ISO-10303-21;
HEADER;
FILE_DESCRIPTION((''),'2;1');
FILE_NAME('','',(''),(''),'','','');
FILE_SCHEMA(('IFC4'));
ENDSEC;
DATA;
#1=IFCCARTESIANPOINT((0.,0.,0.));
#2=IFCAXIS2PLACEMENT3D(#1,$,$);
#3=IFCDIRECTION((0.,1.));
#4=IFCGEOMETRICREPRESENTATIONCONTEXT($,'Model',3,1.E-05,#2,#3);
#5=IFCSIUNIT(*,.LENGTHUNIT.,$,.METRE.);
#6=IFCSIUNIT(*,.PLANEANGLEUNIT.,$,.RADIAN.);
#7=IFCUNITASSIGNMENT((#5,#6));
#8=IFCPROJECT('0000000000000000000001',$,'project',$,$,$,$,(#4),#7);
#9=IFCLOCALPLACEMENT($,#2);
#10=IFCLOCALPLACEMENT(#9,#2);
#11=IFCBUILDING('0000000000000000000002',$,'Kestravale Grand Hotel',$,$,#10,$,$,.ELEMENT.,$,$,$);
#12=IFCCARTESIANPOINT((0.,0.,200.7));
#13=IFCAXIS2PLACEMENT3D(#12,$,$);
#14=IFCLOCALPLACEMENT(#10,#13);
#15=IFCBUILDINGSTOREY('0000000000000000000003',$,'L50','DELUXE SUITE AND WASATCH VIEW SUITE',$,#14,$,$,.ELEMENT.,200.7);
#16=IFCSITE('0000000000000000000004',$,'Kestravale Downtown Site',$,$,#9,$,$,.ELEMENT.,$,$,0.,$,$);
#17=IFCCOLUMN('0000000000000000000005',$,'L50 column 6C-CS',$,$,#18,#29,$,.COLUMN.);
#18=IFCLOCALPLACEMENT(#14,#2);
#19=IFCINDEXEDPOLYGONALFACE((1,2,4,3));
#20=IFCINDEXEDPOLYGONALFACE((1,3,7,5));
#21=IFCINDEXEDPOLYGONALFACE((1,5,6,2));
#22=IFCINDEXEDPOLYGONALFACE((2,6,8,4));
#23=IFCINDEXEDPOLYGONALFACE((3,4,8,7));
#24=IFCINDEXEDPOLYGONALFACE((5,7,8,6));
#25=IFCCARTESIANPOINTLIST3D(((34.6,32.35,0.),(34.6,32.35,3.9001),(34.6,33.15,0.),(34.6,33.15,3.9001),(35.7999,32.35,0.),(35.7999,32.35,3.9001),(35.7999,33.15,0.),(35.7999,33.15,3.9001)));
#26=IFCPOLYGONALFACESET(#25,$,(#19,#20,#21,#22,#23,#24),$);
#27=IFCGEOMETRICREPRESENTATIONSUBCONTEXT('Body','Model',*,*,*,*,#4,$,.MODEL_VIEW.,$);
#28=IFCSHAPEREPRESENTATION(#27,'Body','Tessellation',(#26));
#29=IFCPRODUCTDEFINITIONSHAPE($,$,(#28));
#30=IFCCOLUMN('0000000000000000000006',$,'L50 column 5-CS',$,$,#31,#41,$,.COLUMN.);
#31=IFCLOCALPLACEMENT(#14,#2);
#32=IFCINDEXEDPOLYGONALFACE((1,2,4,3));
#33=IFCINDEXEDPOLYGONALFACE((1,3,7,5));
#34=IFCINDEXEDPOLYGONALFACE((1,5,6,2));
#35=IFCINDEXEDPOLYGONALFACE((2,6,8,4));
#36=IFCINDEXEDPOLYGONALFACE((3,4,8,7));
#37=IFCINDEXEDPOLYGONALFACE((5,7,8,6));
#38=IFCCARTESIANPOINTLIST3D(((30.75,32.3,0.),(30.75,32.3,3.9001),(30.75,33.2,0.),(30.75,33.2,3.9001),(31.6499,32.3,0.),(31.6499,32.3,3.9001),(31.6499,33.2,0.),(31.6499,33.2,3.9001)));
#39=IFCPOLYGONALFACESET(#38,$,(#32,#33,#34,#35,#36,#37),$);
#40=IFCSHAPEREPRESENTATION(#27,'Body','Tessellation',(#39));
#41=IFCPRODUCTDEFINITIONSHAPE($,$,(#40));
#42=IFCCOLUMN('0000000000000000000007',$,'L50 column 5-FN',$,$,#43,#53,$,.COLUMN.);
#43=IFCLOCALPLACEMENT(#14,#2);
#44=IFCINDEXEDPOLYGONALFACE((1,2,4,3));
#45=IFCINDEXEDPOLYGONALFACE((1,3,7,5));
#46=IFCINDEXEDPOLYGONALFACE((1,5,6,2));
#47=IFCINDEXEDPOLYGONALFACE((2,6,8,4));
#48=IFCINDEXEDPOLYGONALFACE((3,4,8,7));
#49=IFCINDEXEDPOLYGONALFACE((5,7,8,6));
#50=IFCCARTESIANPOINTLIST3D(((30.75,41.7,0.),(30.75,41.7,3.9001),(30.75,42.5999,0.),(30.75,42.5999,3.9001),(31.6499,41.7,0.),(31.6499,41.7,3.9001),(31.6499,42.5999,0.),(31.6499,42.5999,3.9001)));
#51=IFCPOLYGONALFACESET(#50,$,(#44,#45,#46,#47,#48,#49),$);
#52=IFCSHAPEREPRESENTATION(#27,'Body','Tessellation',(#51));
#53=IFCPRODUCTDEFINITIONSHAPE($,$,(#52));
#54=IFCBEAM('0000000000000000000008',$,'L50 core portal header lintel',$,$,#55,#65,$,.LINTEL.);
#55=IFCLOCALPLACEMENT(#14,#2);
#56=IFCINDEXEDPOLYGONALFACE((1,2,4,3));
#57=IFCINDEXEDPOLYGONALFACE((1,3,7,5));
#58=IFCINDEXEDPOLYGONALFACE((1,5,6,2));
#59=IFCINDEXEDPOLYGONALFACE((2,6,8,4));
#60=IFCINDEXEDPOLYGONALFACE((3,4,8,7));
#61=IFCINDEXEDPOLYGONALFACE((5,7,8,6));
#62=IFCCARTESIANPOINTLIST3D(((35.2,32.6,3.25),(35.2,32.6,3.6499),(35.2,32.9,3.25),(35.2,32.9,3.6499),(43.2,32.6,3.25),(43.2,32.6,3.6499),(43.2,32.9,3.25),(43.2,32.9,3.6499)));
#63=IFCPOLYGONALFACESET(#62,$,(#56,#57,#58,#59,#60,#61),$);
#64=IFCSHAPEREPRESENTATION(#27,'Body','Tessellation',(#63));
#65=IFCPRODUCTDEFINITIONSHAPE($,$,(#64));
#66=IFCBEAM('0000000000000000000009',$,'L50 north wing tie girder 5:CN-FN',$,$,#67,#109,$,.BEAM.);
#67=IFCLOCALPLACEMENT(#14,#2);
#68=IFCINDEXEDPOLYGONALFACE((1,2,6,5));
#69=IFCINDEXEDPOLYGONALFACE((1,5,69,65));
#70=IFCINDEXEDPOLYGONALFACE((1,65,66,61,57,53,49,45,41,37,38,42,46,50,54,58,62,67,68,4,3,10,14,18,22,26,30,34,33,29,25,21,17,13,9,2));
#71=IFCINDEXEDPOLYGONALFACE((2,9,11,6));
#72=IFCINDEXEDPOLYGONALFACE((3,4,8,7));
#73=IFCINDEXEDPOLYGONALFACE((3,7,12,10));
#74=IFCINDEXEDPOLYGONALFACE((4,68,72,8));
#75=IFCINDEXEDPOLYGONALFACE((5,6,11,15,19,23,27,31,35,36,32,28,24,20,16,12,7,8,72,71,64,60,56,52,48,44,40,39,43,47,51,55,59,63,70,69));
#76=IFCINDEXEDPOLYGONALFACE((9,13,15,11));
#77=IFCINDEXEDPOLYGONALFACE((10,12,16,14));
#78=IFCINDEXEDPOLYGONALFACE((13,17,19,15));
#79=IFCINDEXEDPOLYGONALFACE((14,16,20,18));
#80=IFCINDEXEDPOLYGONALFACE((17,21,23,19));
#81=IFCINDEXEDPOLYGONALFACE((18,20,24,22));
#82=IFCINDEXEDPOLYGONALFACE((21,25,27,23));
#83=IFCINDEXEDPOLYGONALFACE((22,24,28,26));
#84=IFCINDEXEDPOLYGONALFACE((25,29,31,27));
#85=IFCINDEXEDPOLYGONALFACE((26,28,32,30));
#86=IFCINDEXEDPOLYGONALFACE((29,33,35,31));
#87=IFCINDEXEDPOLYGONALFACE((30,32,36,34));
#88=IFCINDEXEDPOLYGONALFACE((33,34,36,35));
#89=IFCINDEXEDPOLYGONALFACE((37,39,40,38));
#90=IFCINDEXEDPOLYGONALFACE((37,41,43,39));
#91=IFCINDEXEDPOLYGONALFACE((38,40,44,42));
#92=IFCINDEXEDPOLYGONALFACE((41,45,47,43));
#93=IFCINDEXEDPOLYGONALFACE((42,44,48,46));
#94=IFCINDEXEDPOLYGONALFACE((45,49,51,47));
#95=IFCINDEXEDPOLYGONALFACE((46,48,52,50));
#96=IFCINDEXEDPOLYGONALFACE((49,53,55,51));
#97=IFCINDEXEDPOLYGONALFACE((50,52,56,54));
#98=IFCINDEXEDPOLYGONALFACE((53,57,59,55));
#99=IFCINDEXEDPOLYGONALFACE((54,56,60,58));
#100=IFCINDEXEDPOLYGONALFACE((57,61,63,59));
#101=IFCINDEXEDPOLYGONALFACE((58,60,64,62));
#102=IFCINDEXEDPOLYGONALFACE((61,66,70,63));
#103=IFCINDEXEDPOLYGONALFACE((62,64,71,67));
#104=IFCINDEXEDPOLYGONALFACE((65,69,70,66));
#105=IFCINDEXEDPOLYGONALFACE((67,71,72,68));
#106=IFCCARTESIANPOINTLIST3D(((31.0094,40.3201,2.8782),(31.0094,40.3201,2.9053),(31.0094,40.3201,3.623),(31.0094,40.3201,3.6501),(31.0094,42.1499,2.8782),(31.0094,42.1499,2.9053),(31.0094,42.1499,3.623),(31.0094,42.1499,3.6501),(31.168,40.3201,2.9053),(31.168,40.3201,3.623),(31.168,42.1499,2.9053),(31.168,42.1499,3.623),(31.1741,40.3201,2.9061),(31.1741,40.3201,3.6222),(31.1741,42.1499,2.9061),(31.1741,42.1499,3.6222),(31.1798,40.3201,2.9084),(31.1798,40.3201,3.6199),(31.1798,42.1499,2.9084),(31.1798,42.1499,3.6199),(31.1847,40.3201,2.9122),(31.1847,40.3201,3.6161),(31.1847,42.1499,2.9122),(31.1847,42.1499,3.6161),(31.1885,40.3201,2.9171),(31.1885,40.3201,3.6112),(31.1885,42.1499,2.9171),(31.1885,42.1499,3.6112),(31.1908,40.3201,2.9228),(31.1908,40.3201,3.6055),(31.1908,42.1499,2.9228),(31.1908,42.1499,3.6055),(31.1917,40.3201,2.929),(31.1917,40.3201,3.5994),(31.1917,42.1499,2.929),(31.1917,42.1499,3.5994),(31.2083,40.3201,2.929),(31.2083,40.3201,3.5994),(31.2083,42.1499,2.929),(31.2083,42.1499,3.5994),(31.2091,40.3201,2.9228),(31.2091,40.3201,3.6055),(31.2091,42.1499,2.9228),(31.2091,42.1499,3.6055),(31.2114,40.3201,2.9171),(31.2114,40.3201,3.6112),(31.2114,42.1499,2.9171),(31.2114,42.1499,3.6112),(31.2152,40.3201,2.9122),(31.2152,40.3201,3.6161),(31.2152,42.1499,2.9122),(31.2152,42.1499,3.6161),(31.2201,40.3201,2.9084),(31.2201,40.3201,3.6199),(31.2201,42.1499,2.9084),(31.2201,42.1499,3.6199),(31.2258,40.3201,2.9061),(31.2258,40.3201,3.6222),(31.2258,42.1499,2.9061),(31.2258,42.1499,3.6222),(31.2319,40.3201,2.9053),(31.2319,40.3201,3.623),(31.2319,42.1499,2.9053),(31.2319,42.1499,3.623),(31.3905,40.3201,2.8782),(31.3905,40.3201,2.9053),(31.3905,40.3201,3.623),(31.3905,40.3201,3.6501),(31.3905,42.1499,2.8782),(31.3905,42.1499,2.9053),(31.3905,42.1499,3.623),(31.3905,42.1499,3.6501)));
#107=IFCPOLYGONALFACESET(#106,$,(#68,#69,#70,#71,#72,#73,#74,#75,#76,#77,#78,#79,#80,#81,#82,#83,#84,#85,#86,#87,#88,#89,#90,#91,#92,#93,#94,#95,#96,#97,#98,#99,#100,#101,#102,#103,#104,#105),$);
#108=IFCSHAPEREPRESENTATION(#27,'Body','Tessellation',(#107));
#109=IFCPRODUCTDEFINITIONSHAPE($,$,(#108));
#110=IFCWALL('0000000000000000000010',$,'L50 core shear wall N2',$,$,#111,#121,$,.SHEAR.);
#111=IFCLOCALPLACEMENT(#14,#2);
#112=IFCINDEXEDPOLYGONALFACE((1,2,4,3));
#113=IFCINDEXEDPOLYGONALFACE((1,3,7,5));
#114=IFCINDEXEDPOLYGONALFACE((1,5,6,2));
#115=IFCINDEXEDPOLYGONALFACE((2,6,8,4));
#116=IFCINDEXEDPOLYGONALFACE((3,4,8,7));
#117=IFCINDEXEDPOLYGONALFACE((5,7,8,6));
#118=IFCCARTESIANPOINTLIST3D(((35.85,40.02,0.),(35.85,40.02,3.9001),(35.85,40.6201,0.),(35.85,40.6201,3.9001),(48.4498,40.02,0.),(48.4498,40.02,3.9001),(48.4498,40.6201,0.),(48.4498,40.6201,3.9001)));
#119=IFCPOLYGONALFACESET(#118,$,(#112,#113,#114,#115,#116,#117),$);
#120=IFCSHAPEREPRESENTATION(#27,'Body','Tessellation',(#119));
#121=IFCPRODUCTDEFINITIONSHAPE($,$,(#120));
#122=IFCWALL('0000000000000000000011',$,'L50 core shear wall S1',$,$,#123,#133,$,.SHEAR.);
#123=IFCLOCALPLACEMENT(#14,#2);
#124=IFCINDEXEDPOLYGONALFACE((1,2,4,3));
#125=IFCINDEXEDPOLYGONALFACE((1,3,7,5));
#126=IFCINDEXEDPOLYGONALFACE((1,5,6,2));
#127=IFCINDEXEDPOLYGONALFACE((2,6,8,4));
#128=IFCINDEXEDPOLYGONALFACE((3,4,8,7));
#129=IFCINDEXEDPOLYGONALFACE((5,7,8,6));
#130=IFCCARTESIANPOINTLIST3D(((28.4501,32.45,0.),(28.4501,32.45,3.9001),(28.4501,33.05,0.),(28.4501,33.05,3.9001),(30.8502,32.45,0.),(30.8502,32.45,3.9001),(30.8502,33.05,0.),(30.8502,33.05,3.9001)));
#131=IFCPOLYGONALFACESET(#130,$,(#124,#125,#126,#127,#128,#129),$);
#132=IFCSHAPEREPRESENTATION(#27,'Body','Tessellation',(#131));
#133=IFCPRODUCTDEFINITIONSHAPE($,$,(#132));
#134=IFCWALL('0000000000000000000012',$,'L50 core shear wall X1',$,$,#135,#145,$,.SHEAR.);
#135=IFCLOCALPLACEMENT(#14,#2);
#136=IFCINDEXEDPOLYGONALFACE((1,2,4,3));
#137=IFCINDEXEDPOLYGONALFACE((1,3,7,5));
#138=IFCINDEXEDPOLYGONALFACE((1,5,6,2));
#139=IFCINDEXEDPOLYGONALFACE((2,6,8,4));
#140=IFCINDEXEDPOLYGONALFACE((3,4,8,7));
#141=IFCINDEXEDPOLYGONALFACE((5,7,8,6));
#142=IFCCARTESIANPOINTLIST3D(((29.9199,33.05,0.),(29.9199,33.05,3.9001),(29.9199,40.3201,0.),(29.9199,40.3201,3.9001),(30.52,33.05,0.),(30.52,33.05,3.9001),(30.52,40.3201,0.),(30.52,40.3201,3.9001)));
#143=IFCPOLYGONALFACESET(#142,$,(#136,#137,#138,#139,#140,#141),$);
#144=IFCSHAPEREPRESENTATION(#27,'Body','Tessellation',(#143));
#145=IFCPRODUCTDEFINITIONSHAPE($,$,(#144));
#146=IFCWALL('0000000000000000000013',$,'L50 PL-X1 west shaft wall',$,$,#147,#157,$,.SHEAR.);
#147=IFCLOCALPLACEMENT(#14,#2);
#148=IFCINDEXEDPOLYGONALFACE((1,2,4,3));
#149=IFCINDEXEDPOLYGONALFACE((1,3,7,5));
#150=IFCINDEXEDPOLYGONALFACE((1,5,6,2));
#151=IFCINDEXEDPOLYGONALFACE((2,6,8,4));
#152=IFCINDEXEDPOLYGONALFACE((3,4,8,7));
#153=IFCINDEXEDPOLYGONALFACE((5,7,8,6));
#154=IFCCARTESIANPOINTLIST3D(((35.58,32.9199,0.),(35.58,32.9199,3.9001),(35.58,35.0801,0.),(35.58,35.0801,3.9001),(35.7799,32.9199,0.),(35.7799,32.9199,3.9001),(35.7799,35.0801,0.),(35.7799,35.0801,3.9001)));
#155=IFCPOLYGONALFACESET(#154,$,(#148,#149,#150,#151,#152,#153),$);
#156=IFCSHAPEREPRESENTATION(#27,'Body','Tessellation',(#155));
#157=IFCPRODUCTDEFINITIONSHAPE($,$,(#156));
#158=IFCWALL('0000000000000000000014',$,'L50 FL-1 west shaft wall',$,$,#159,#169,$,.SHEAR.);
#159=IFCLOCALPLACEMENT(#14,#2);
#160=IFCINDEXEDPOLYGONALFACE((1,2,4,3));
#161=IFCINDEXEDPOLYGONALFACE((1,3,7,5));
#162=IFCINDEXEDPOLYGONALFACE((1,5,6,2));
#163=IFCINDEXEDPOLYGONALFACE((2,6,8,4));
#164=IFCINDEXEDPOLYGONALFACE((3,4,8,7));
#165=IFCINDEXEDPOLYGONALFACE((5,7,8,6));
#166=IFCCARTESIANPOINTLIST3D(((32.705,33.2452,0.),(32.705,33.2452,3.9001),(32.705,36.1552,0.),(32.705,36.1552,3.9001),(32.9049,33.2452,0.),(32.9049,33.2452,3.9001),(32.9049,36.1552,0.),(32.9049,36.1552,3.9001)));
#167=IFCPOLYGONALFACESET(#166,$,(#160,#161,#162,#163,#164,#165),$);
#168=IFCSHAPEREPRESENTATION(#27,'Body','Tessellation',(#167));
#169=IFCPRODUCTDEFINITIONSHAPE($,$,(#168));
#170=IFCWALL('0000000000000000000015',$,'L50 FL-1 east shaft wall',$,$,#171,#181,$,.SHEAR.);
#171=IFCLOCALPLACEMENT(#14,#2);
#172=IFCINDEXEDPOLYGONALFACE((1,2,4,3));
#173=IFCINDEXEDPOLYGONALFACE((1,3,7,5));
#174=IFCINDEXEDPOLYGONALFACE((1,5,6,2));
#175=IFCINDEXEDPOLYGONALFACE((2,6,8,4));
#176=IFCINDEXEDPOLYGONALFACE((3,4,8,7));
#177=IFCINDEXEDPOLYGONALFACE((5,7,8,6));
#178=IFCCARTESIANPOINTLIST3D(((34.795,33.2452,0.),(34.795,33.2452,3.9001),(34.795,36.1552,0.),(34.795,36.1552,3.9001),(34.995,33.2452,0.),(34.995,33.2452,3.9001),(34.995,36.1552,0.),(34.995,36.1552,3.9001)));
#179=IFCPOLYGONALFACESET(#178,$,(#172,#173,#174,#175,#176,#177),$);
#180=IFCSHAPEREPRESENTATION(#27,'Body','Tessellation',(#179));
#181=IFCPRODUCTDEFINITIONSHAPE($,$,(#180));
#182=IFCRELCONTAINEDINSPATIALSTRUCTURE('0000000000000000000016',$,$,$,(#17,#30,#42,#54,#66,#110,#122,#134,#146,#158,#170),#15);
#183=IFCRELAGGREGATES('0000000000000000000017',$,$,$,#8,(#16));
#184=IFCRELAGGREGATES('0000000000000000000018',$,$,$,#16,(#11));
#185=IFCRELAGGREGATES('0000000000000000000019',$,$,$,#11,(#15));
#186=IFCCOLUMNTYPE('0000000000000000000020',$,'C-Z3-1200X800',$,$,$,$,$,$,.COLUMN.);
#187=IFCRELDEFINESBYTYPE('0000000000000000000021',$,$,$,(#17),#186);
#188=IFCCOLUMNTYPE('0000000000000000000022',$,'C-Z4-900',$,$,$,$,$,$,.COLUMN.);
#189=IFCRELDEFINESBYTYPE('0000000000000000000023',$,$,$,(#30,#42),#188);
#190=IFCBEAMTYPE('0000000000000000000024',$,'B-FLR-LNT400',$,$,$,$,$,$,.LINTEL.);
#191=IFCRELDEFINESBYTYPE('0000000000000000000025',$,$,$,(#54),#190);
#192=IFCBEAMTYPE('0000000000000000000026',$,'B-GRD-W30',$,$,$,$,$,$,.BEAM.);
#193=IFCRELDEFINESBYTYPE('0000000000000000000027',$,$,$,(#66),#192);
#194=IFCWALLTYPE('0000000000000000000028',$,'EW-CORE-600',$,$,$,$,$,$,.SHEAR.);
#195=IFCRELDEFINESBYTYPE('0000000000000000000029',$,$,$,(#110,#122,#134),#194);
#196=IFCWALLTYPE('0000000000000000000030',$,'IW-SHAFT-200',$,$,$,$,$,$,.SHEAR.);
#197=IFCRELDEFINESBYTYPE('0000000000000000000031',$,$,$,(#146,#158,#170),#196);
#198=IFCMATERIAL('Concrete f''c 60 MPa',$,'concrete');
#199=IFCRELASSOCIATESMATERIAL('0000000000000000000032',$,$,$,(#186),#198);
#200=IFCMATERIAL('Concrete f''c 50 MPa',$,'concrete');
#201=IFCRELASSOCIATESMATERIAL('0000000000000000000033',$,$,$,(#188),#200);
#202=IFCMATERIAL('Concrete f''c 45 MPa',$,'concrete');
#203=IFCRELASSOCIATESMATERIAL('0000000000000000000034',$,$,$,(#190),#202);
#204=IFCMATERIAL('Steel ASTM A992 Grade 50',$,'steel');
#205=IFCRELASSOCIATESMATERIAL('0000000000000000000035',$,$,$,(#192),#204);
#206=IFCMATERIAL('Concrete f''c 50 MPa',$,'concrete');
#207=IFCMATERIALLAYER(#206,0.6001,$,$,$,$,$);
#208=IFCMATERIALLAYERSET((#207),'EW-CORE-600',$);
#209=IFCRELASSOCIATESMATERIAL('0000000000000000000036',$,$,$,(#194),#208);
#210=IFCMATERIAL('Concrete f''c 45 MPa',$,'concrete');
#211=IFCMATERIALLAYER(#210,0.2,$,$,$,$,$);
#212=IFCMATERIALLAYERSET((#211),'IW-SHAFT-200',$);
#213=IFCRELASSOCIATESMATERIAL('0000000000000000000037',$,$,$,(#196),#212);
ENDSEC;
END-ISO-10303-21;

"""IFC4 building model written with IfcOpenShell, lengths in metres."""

from ifc_helpers import new_model, si_unit, direction, frame, frame_2d, origin, origin_2d, place, context, subcontext, project, spatial, rectangle, i_section, extrude, material, layer, layer_set, material_profile, profile_set, type_object, element, save


model = new_model("IFC4")

# Units and contexts
model_context = context("Model", 3, precision=1e-05, world=origin(), true_north=direction((0.0, 1.0)))
body_context = subcontext(model_context, "Body", "Model", "MODEL_VIEW")
ifc_project = project(units=[si_unit("LENGTHUNIT", "METRE"), si_unit("PLANEANGLEUNIT", "RADIAN")], contexts=[model_context])

# Site, building, storey
site_placement = place(None, origin())
site = spatial("IfcSite", under=ifc_project, at=site_placement, Name="Kestravale Downtown Site", CompositionType="ELEMENT", RefElevation=0.0)
building_placement = place(site_placement, origin())
building = spatial("IfcBuilding", under=site, at=building_placement, Name="Kestravale Grand Hotel", CompositionType="ELEMENT")
storey_placement = place(building_placement, frame((0.0, 0.0, 200.7)))
storey = spatial("IfcBuildingStorey", under=building, at=storey_placement, Name="L50", Description="DELUXE SUITE AND WASATCH VIEW SUITE", CompositionType="ELEMENT", Elevation=200.7)

# Columns
ifc_material_1 = material(Name="Concrete f'c 60 MPa", Category="concrete")
ifc_material_profile_1 = material_profile(ifc_material_1, rectangle(XDim=1.2, YDim=0.8, at=origin_2d()))
ifc_profile_set_1 = profile_set([ifc_material_profile_1], Name="Concrete f'c 60 MPa")
column_type_1 = type_object("IfcColumnType", Name="C-Z3-1200X800", PredefinedType="COLUMN", material=ifc_profile_set_1)
column_placement = place(storey_placement, frame((35.2, 32.75, 0.0), z_axis=(0.0, 0.0, 1.0), x_axis=(1.0, 0.0, 0.0)))
element("IfcColumn", 1, at=column_placement, inside=storey, type_object=column_type_1, Name="L50 column 6C-CS", PredefinedType="COLUMN", context=body_context, shape_type="SweptSolid", body=[
    extrude(rectangle(XDim=1.2, YDim=0.8, at=origin_2d()), origin(), (0.0, 0.0, 1.0), 3.9001),
])
ifc_material_2 = material(Name="Concrete f'c 50 MPa", Category="concrete")
ifc_material_profile_2 = material_profile(ifc_material_2, rectangle(XDim=0.8999, YDim=0.8999, at=origin_2d()))
ifc_profile_set_2 = profile_set([ifc_material_profile_2], Name="Concrete f'c 50 MPa")
column_type_2 = type_object("IfcColumnType", Name="C-Z4-900", PredefinedType="COLUMN", material=ifc_profile_set_2)
for number, where, z_axis, x_axis, name in (
    (2, (31.2, 32.75, 0.0), (0.0, 0.0, 1.0), (1.0, 0.0, 0.0), "L50 column 5-CS"),
    (3, (31.2, 42.1499, 0.0), (0.0, 0.0, 1.0), (1.0, 0.0, 0.0), "L50 column 5-FN"),
):
    element("IfcColumn", number, at=place(storey_placement, frame(where, z_axis=z_axis, x_axis=x_axis)), inside=storey, type_object=column_type_2, Name=name, PredefinedType="COLUMN", context=body_context, shape_type="SweptSolid", body=[
        extrude(rectangle(XDim=0.8999, YDim=0.8999, at=origin_2d()), origin(), (0.0, 0.0, 1.0), 3.9001),
    ])

# Beams
ifc_material_3 = material(Name="Concrete f'c 45 MPa", Category="concrete")
ifc_material_profile_3 = material_profile(ifc_material_3, rectangle(XDim=0.3, YDim=0.3999, at=origin_2d()))
ifc_profile_set_3 = profile_set([ifc_material_profile_3], Name="Concrete f'c 45 MPa")
beam_type_1 = type_object("IfcBeamType", Name="B-FLR-LNT400", PredefinedType="LINTEL", material=ifc_profile_set_3)
beam_1_placement = place(storey_placement, frame((35.2, 32.75, 3.45), z_axis=(1.0, 0.0, 0.0), x_axis=(0.0, 1.0, 0.0)))
element("IfcBeam", 4, at=beam_1_placement, inside=storey, type_object=beam_type_1, Name="L50 core portal header lintel", PredefinedType="LINTEL", context=body_context, shape_type="SweptSolid", body=[
    extrude(rectangle(XDim=0.3, YDim=0.3999, at=origin_2d()), origin(), (0.0, 0.0, 1.0), 8.0),
])
ifc_material_4 = material(Name="Steel ASTM A992 Grade 50", Category="steel")
ifc_material_profile_4 = material_profile(ifc_material_4, i_section(OverallWidth=0.3811, OverallDepth=0.772, WebThickness=0.0166, FlangeThickness=0.0271, FilletRadius=0.0237, at=origin_2d()))
ifc_profile_set_4 = profile_set([ifc_material_profile_4], Name="Steel ASTM A992 Grade 50")
beam_type_2 = type_object("IfcBeamType", Name="B-GRD-W30", PredefinedType="BEAM", material=ifc_profile_set_4)
beam_2_placement = place(storey_placement, frame((31.2, 40.3201, 3.2642), z_axis=(0.0, 1.0, 0.0), x_axis=(-1.0, 0.0, 0.0)))
element("IfcBeam", 5, at=beam_2_placement, inside=storey, type_object=beam_type_2, Name="L50 north wing tie girder 5:CN-FN", PredefinedType="BEAM", context=body_context, shape_type="SweptSolid", body=[
    extrude(i_section(OverallWidth=0.3811, OverallDepth=0.772, WebThickness=0.0166, FlangeThickness=0.0271, FilletRadius=0.0237, at=origin_2d()), origin(), (0.0, 0.0, 1.0), 1.8298),
])

# Walls
ifc_material_5 = material(Name="Concrete f'c 50 MPa", Category="concrete")
ifc_layer_1 = layer(ifc_material_5, 0.6001)
ifc_layer_set_1 = layer_set([ifc_layer_1], Name="EW-CORE-600")
wall_type_1 = type_object("IfcWallType", Name="EW-CORE-600", PredefinedType="SHEAR", material=ifc_layer_set_1)
wall_1_placement = place(storey_placement, frame((35.8501, 40.3201, 0.0), z_axis=(0.0, 0.0, 1.0), x_axis=(1.0, 0.0, 0.0)))
element("IfcWall", 6, at=wall_1_placement, inside=storey, type_object=wall_type_1, Name="L50 core shear wall N2", PredefinedType="SHEAR", context=body_context, shape_type="SweptSolid", body=[
    extrude(rectangle(XDim=12.5999, YDim=0.6001, at=frame_2d((6.2998, 0.0))), origin(), (0.0, 0.0, 1.0), 3.9001),
])
wall_2_placement = place(storey_placement, frame((28.45, 32.75, 0.0), z_axis=(0.0, 0.0, 1.0), x_axis=(1.0, 0.0, 0.0)))
element("IfcWall", 7, at=wall_2_placement, inside=storey, type_object=wall_type_1, Name="L50 core shear wall S1", PredefinedType="SHEAR", context=body_context, shape_type="SweptSolid", body=[
    extrude(rectangle(XDim=2.4001, YDim=0.6001, at=frame_2d((1.2002, 0.0))), origin(), (0.0, 0.0, 1.0), 3.9001),
])
wall_3_placement = place(storey_placement, frame((30.22, 33.05, 0.0), z_axis=(0.0, 0.0, 1.0), x_axis=(0.0, 1.0, 0.0)))
element("IfcWall", 8, at=wall_3_placement, inside=storey, type_object=wall_type_1, Name="L50 core shear wall X1", PredefinedType="SHEAR", context=body_context, shape_type="SweptSolid", body=[
    extrude(rectangle(XDim=7.27, YDim=0.6001, at=frame_2d((3.635, 0.0))), origin(), (0.0, 0.0, 1.0), 3.9001),
])

# Walls
ifc_material_6 = material(Name="Concrete f'c 45 MPa", Category="concrete")
ifc_layer_2 = layer(ifc_material_6, 0.2)
ifc_layer_set_2 = layer_set([ifc_layer_2], Name="IW-SHAFT-200")
wall_type_2 = type_object("IfcWallType", Name="IW-SHAFT-200", PredefinedType="SHEAR", material=ifc_layer_set_2)
wall_4_placement = place(storey_placement, frame((35.6799, 32.9199, 0.0), z_axis=(0.0, 0.0, 1.0), x_axis=(0.0, 1.0, 0.0)))
element("IfcWall", 9, at=wall_4_placement, inside=storey, type_object=wall_type_2, Name="L50 PL-X1 west shaft wall", PredefinedType="SHEAR", context=body_context, shape_type="SweptSolid", body=[
    extrude(rectangle(XDim=2.1602, YDim=0.2, at=frame_2d((1.0801, 0.0))), origin(), (0.0, 0.0, 1.0), 3.9001),
])
for number, where, z_axis, x_axis, name in (
    (10, (32.8049, 33.2451, 0.0), (0.0, 0.0, 1.0), (0.0, 1.0, 0.0), "L50 FL-1 west shaft wall"),
    (11, (34.895, 33.2451, 0.0), (0.0, 0.0, 1.0), (0.0, 1.0, 0.0), "L50 FL-1 east shaft wall"),
):
    element("IfcWall", number, at=place(storey_placement, frame(where, z_axis=z_axis, x_axis=x_axis)), inside=storey, type_object=wall_type_2, Name=name, PredefinedType="SHEAR", context=body_context, shape_type="SweptSolid", body=[
        extrude(rectangle(XDim=2.9099, YDim=0.2, at=frame_2d((1.4551, 0.0))), origin(), (0.0, 0.0, 1.0), 3.9001),
    ])

save(model, "model.ifc")
